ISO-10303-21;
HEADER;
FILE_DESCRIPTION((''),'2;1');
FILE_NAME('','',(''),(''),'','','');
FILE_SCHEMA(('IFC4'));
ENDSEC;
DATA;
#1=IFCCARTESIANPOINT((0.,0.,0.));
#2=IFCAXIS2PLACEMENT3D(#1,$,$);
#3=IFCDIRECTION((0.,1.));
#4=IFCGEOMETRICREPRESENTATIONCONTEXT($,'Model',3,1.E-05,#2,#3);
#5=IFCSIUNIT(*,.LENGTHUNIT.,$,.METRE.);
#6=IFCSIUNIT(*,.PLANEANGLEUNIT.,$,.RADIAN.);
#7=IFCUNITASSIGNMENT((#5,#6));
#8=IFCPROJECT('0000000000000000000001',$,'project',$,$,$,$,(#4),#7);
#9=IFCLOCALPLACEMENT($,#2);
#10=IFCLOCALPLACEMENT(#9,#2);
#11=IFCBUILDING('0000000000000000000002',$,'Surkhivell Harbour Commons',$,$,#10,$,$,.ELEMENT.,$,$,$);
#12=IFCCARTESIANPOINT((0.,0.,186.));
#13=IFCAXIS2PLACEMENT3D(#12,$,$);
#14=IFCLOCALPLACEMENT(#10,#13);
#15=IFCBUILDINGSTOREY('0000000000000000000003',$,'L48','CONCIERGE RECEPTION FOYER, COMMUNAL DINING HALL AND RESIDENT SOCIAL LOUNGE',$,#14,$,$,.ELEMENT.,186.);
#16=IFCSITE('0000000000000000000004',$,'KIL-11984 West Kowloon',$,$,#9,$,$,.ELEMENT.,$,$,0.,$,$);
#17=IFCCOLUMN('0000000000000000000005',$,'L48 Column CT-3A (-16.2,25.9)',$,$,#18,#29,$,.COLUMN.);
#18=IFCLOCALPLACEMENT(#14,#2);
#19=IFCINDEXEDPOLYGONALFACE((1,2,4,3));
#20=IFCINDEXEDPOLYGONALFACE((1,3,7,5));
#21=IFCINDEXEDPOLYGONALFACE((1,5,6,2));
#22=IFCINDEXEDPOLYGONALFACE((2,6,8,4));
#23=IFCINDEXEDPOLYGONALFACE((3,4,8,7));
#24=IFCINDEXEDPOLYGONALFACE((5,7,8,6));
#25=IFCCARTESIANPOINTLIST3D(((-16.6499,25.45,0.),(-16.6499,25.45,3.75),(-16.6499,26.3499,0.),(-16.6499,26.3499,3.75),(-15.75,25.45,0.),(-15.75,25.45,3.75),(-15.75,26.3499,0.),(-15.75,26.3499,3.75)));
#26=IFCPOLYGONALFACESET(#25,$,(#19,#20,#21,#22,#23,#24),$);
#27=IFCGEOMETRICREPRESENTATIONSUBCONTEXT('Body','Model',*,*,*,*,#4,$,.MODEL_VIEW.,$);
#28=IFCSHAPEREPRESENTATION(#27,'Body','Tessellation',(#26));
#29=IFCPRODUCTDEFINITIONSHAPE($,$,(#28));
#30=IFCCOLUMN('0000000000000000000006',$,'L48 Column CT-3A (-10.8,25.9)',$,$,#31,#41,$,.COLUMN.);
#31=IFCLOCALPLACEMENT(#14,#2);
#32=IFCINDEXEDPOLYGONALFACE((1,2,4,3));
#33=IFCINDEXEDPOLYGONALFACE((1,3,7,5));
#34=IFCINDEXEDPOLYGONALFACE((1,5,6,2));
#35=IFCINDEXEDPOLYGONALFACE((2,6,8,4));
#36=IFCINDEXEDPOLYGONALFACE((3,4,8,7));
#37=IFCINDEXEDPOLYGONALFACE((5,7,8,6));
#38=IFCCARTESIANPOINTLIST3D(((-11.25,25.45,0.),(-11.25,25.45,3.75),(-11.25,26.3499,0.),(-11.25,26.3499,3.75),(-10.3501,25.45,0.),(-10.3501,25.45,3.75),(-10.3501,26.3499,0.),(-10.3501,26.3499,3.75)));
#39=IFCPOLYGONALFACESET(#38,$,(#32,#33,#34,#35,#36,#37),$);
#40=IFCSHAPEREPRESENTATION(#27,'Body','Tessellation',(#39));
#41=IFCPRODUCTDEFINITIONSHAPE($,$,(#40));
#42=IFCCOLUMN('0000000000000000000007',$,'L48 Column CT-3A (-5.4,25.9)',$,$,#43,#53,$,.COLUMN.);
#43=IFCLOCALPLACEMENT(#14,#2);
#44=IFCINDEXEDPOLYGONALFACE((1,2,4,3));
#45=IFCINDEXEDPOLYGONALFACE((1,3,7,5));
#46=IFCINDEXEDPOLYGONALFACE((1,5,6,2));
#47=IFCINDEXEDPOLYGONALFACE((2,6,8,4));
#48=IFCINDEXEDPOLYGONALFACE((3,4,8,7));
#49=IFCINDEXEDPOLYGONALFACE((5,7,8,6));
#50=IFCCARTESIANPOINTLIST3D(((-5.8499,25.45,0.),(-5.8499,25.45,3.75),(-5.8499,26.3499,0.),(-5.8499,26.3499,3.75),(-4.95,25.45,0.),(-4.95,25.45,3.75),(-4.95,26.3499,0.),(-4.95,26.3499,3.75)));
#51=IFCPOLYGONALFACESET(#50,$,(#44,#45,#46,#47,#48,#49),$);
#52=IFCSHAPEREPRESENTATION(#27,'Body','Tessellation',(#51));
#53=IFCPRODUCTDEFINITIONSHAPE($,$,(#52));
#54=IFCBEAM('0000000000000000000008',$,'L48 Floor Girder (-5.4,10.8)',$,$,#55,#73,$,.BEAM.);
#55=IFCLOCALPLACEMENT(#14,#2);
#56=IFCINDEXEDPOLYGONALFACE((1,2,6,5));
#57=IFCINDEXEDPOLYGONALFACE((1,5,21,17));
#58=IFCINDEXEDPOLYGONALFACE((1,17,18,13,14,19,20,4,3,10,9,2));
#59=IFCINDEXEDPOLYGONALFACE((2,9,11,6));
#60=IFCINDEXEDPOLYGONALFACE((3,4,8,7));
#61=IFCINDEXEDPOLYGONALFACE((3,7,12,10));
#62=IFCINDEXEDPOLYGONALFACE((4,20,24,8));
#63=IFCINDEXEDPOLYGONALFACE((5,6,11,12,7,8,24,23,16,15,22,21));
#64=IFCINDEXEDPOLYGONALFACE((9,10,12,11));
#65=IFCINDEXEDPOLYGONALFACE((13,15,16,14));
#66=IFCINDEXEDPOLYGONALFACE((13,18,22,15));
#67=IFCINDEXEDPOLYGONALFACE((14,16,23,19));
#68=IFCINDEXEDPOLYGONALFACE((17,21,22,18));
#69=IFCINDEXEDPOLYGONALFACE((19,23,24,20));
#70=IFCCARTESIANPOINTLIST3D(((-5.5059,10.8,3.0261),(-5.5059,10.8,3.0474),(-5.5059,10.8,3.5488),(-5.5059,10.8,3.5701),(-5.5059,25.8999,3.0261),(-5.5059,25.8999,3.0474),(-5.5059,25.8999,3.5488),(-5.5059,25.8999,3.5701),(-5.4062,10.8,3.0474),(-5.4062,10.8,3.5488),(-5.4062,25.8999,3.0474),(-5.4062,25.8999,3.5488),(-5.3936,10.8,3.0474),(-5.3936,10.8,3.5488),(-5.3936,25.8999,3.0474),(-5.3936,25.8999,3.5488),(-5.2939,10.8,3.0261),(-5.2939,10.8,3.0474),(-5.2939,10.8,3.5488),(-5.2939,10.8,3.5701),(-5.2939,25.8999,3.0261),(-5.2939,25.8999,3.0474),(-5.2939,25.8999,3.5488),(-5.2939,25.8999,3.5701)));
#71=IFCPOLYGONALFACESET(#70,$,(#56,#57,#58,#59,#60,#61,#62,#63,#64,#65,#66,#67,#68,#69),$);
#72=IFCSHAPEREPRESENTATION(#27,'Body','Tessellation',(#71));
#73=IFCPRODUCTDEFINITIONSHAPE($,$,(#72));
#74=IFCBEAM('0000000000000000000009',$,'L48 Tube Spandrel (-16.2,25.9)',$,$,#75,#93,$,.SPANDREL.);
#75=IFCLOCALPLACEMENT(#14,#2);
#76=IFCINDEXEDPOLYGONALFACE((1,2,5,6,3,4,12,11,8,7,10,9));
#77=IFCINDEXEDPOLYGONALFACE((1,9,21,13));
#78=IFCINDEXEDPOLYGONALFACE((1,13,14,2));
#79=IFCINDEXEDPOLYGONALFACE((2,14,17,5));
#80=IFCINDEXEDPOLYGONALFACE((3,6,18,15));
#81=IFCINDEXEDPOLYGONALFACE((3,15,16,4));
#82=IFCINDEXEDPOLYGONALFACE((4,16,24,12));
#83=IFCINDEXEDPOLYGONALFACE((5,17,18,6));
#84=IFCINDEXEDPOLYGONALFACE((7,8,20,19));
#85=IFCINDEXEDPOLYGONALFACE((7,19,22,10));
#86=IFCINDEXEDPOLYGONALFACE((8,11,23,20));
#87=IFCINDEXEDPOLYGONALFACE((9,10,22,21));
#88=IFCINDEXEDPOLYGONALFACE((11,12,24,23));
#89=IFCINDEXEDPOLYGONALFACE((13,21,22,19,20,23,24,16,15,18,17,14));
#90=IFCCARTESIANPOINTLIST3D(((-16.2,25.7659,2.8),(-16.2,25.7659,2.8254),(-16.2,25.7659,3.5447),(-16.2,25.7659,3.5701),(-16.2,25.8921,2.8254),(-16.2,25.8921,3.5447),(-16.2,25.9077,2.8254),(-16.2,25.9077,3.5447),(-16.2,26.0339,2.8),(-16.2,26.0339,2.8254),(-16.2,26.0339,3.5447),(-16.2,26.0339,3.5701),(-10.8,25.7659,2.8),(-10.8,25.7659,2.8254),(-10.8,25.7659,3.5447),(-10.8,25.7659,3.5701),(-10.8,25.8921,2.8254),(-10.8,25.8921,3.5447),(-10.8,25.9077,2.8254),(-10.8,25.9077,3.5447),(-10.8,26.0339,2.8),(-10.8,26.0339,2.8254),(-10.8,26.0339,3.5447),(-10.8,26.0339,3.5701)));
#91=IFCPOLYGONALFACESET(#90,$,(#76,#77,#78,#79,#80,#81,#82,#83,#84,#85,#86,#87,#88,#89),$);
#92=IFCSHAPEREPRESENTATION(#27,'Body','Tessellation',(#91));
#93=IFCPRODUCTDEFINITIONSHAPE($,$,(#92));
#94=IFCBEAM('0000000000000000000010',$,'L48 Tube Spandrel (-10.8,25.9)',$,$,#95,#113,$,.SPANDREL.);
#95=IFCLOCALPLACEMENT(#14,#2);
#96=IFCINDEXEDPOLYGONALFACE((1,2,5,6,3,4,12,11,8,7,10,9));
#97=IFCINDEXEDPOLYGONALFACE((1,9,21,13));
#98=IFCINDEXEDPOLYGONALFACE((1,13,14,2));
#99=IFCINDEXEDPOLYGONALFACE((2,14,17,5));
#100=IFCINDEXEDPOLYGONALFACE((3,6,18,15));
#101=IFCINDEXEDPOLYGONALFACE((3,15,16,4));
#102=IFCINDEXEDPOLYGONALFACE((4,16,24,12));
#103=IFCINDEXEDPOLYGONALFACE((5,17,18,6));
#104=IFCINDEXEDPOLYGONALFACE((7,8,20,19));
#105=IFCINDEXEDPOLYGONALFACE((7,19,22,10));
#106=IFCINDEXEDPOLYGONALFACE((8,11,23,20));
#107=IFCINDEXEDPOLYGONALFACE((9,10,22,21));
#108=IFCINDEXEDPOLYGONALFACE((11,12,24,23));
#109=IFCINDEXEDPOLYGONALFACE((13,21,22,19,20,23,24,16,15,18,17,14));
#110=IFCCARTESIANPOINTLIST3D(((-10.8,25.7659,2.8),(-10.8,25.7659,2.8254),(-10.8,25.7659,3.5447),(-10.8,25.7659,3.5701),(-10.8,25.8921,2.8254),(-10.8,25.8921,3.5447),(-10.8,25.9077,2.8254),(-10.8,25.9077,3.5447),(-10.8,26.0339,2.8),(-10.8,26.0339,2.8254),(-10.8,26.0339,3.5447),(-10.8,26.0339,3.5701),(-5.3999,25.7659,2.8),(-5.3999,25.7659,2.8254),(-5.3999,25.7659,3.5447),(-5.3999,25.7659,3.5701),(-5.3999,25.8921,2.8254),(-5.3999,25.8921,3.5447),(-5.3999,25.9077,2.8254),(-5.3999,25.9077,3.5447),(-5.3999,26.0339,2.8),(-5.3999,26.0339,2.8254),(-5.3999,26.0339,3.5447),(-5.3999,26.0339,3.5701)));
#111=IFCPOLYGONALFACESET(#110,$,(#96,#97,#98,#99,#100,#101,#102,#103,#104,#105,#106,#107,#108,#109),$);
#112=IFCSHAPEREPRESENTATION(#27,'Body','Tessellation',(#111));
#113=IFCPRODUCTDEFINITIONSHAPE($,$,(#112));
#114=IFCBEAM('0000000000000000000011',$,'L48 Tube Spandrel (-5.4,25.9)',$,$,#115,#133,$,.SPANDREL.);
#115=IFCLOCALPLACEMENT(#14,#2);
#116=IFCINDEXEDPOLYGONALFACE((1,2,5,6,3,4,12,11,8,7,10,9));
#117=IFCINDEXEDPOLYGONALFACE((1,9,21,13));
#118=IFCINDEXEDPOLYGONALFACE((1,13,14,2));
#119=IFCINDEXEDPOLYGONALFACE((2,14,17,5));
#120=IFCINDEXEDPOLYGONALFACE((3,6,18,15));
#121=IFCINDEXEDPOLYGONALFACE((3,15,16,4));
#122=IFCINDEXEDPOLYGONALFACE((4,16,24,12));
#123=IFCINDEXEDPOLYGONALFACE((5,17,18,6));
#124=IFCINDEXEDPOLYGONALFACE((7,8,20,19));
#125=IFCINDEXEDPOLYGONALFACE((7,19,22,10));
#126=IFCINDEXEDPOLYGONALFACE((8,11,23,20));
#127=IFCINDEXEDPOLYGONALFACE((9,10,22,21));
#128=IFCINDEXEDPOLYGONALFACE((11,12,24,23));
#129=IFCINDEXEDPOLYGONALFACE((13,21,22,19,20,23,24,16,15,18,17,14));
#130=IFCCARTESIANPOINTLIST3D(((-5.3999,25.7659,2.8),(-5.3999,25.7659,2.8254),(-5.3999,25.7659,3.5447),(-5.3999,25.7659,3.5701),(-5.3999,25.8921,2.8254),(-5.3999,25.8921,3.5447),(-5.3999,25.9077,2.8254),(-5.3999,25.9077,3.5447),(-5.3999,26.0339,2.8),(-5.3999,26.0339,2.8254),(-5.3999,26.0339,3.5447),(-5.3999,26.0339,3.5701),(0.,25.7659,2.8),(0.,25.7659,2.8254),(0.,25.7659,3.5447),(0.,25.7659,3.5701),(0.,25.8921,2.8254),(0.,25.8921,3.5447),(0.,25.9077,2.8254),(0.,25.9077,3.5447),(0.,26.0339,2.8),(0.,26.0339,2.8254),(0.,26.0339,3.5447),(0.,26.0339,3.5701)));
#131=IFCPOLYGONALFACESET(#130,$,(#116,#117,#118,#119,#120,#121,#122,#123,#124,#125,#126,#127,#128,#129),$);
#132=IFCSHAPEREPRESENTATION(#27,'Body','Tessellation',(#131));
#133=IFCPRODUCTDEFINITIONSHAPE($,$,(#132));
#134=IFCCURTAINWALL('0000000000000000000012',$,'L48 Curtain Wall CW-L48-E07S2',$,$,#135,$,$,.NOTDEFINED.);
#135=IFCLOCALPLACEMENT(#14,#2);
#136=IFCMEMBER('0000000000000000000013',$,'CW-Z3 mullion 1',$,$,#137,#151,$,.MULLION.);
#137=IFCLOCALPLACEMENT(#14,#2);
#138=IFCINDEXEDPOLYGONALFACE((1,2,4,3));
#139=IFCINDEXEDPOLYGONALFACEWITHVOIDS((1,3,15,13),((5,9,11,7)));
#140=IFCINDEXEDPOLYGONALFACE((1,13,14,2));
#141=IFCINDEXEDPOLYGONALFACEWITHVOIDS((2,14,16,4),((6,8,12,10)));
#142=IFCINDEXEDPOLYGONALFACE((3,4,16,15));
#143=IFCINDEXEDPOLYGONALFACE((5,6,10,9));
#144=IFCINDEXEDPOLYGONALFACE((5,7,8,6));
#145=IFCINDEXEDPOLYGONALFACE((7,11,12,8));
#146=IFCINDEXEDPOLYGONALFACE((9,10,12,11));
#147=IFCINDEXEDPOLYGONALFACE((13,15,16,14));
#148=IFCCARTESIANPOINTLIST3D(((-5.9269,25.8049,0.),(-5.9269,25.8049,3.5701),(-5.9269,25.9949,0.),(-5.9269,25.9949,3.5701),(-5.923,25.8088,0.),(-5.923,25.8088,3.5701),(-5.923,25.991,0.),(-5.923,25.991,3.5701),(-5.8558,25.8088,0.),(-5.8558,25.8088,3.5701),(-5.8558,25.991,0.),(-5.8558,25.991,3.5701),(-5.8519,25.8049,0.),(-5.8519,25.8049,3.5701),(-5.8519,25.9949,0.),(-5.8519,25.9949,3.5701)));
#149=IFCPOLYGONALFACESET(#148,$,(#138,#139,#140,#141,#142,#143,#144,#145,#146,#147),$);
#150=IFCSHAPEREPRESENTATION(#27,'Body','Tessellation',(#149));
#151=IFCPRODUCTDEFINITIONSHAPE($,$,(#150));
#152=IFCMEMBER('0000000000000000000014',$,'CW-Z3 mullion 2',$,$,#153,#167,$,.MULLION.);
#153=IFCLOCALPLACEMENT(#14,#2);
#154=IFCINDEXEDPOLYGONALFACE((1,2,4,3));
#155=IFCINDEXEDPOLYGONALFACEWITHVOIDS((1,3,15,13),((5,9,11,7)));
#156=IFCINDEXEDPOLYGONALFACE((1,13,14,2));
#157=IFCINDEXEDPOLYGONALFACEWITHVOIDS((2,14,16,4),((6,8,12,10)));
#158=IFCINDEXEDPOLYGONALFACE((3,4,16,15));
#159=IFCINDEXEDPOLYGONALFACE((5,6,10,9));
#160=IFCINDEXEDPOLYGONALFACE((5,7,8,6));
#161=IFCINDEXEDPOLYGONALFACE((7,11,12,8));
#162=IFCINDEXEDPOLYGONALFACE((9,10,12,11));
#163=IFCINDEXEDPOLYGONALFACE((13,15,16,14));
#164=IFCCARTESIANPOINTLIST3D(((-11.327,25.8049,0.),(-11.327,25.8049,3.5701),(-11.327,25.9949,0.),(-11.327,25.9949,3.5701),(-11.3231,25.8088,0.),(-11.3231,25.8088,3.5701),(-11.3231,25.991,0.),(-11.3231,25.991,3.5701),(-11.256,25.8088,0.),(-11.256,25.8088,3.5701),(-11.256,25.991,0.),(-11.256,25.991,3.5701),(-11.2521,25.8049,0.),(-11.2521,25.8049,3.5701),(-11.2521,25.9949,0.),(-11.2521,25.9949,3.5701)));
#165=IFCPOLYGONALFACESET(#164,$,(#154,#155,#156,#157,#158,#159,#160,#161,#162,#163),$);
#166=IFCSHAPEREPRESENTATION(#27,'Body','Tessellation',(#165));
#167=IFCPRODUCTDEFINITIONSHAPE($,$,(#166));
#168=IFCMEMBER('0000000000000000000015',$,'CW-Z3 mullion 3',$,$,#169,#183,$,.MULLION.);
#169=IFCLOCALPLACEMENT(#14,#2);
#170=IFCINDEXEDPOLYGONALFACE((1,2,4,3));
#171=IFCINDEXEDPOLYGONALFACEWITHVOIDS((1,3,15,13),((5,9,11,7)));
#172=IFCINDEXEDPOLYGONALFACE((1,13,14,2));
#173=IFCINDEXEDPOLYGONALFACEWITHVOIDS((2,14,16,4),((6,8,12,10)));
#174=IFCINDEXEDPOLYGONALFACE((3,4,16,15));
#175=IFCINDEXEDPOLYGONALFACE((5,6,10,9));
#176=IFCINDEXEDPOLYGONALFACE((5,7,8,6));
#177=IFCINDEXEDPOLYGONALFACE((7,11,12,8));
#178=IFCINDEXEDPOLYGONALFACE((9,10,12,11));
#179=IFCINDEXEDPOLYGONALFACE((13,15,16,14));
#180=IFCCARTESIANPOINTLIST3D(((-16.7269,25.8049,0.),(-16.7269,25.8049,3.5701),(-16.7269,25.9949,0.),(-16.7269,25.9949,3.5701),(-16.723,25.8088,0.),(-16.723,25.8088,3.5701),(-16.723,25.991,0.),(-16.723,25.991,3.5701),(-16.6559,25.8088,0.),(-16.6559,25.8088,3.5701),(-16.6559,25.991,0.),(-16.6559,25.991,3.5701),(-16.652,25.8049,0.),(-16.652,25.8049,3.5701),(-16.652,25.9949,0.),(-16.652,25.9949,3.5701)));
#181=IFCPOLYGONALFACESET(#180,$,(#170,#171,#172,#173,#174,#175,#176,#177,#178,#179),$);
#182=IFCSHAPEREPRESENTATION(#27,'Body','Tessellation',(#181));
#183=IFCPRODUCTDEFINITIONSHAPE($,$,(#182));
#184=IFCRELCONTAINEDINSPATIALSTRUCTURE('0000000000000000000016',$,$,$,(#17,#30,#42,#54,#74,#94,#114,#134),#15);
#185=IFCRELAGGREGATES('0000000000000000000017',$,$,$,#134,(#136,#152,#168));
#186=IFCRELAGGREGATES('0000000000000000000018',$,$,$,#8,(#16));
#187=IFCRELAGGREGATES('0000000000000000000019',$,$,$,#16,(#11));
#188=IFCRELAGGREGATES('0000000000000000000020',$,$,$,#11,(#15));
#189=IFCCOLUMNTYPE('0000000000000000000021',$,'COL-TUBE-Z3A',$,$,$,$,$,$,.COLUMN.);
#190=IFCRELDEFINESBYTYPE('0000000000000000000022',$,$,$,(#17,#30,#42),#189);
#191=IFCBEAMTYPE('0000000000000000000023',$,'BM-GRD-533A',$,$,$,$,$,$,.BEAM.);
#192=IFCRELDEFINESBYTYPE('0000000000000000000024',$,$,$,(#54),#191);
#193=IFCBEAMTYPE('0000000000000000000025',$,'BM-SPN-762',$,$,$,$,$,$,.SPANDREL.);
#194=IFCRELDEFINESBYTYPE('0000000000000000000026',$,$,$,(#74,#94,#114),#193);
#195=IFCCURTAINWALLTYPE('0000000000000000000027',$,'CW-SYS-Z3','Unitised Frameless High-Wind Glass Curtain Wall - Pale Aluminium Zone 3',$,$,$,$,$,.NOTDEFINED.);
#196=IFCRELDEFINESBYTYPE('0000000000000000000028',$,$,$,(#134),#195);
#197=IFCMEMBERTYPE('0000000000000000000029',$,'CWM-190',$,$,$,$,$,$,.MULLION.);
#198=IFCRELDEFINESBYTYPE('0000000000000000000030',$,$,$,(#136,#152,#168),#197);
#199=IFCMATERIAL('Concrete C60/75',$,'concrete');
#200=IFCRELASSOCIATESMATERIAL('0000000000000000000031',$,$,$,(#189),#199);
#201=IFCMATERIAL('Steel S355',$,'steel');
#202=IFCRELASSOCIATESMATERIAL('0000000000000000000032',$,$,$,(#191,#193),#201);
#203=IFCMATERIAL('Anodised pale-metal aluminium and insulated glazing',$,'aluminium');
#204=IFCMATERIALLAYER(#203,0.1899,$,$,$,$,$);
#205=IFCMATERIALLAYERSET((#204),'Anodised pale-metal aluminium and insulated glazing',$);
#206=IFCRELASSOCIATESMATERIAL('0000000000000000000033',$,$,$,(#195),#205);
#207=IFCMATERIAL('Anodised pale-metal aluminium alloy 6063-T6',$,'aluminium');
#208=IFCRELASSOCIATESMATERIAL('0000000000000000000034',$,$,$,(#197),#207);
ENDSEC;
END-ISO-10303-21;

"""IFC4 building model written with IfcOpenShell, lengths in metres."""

from ifc_helpers import new_model, si_unit, direction, frame, origin, origin_2d, place, context, subcontext, project, spatial, rectangle, hollow_rectangle, i_section, extrude, material, layer, layer_set, material_profile, profile_set, type_object, element, aggregate, save


model = new_model("IFC4")

# Units and contexts
model_context = context("Model", 3, precision=1e-05, world=origin(), true_north=direction((0.0, 1.0)))
body_context = subcontext(model_context, "Body", "Model", "MODEL_VIEW")
ifc_project = project(units=[si_unit("LENGTHUNIT", "METRE"), si_unit("PLANEANGLEUNIT", "RADIAN")], contexts=[model_context])

# Site, building, storey
site_placement = place(None, origin())
site = spatial("IfcSite", under=ifc_project, at=site_placement, Name="KIL-11984 West Kowloon", CompositionType="ELEMENT", RefElevation=0.0)
building_placement = place(site_placement, origin())
building = spatial("IfcBuilding", under=site, at=building_placement, Name="Surkhivell Harbour Commons", CompositionType="ELEMENT")
storey_placement = place(building_placement, frame((0.0, 0.0, 186.0)))
storey = spatial("IfcBuildingStorey", under=building, at=storey_placement, Name="L48", Description="CONCIERGE RECEPTION FOYER, COMMUNAL DINING HALL AND RESIDENT SOCIAL LOUNGE", CompositionType="ELEMENT", Elevation=186.0)

# Columns
ifc_material_1 = material(Name="Concrete C60/75", Category="concrete")
ifc_material_profile_1 = material_profile(ifc_material_1, rectangle(XDim=0.8999, YDim=0.8999, at=origin_2d()), Name="RC-COL-900x900")
ifc_profile_set_1 = profile_set([ifc_material_profile_1], Name="Concrete C60/75")
column_type = type_object("IfcColumnType", Name="COL-TUBE-Z3A", PredefinedType="COLUMN", material=ifc_profile_set_1)
for number, where, z_axis, x_axis, name in (
    (1, (-16.2, 25.8999, 0.0), (0.0, 0.0, 1.0), (1.0, 0.0, 0.0), "L48 Column CT-3A (-16.2,25.9)"),
    (2, (-10.8, 25.8999, 0.0), (0.0, 0.0, 1.0), (1.0, 0.0, 0.0), "L48 Column CT-3A (-10.8,25.9)"),
    (3, (-5.3999, 25.8999, 0.0), (0.0, 0.0, 1.0), (1.0, 0.0, 0.0), "L48 Column CT-3A (-5.4,25.9)"),
):
    element("IfcColumn", number, at=place(storey_placement, frame(where, z_axis=z_axis, x_axis=x_axis)), inside=storey, type_object=column_type, Name=name, PredefinedType="COLUMN", context=body_context, shape_type="SweptSolid", body=[
        extrude(rectangle(XDim=0.8999, YDim=0.8999, at=origin_2d()), origin(), (0.0, 0.0, 1.0), 3.75),
    ])

# Beams
ifc_material_2 = material(Name="Steel S355", Category="steel")
ifc_material_profile_2 = material_profile(ifc_material_2, i_section(OverallWidth=0.2119, OverallDepth=0.5439, WebThickness=0.0127, FlangeThickness=0.0212, at=origin_2d()), Name="UB533x210x122")
ifc_profile_set_2 = profile_set([ifc_material_profile_2], Name="Steel S355")
beam_type_1 = type_object("IfcBeamType", Name="BM-GRD-533A", PredefinedType="BEAM", material=ifc_profile_set_2)
beam_1_placement = place(storey_placement, frame((-5.3999, 10.8, 3.2981), z_axis=(0.0, 1.0, 0.0), x_axis=(-1.0, 0.0, 0.0)))
element("IfcBeam", 4, at=beam_1_placement, inside=storey, type_object=beam_type_1, Name="L48 Floor Girder (-5.4,10.8)", PredefinedType="BEAM", context=body_context, shape_type="SweptSolid", body=[
    extrude(i_section(OverallWidth=0.2119, OverallDepth=0.5439, WebThickness=0.0127, FlangeThickness=0.0212, at=origin_2d()), origin(), (0.0, 0.0, 1.0), 15.0999),
])
ifc_material_profile_3 = material_profile(ifc_material_2, i_section(OverallWidth=0.2681, OverallDepth=0.77, WebThickness=0.0156, FlangeThickness=0.0254, at=origin_2d()), Name="UB762x267x197")
ifc_profile_set_3 = profile_set([ifc_material_profile_3], Name="Steel S355")
beam_type_2 = type_object("IfcBeamType", Name="BM-SPN-762", PredefinedType="SPANDREL", material=ifc_profile_set_3)
beam_2_placement = place(storey_placement, frame((-16.2, 25.8999, 3.1851), z_axis=(1.0, 0.0, 0.0), x_axis=(0.0, 1.0, 0.0)))
element("IfcBeam", 5, at=beam_2_placement, inside=storey, type_object=beam_type_2, Name="L48 Tube Spandrel (-16.2,25.9)", PredefinedType="SPANDREL", context=body_context, shape_type="SweptSolid", body=[
    extrude(i_section(OverallWidth=0.2681, OverallDepth=0.77, WebThickness=0.0156, FlangeThickness=0.0254, at=origin_2d()), origin(), (0.0, 0.0, 1.0), 5.3999),
])
beam_3_placement = place(storey_placement, frame((-10.8, 25.8999, 3.1851), z_axis=(1.0, 0.0, 0.0), x_axis=(0.0, 1.0, 0.0)))
element("IfcBeam", 6, at=beam_3_placement, inside=storey, type_object=beam_type_2, Name="L48 Tube Spandrel (-10.8,25.9)", PredefinedType="SPANDREL", context=body_context, shape_type="SweptSolid", body=[
    extrude(i_section(OverallWidth=0.2681, OverallDepth=0.77, WebThickness=0.0156, FlangeThickness=0.0254, at=origin_2d()), origin(), (0.0, 0.0, 1.0), 5.4001),
])
beam_4_placement = place(storey_placement, frame((-5.3999, 25.8999, 3.1851), z_axis=(1.0, 0.0, 0.0), x_axis=(0.0, 1.0, 0.0)))
element("IfcBeam", 7, at=beam_4_placement, inside=storey, type_object=beam_type_2, Name="L48 Tube Spandrel (-5.4,25.9)", PredefinedType="SPANDREL", context=body_context, shape_type="SweptSolid", body=[
    extrude(i_section(OverallWidth=0.2681, OverallDepth=0.77, WebThickness=0.0156, FlangeThickness=0.0254, at=origin_2d()), origin(), (0.0, 0.0, 1.0), 5.3999),
])

# Curtain wall, members
ifc_material_3 = material(Name="Anodised pale-metal aluminium and insulated glazing", Category="aluminium")
ifc_layer_1 = layer(ifc_material_3, 0.1899)
ifc_layer_set_1 = layer_set([ifc_layer_1], Name="Anodised pale-metal aluminium and insulated glazing")
curtain_wall_type = type_object("IfcCurtainWallType", Name="CW-SYS-Z3", Description="Unitised Frameless High-Wind Glass Curtain Wall - Pale Aluminium Zone 3", PredefinedType="NOTDEFINED", material=ifc_layer_set_1)
curtain_wall_placement = place(storey_placement, origin())
curtain_wall = element("IfcCurtainWall", 8, at=curtain_wall_placement, inside=storey, type_object=curtain_wall_type, Name="L48 Curtain Wall CW-L48-E07S2", PredefinedType="NOTDEFINED")
ifc_material_4 = material(Name="Anodised pale-metal aluminium alloy 6063-T6", Category="aluminium")
ifc_material_profile_4 = material_profile(ifc_material_4, hollow_rectangle(XDim=0.075, YDim=0.1899, WallThickness=0.0039, at=origin_2d()), Name="ALU-MULL-75x190")
ifc_profile_set_4 = profile_set([ifc_material_profile_4], Name="Anodised pale-metal aluminium alloy 6063-T6")
member_type_1 = type_object("IfcMemberType", Name="CWM-190", PredefinedType="MULLION", material=ifc_profile_set_4)
member_1_placement = place(storey_placement, frame((-5.8894, 25.8999, 0.0), z_axis=(0.0, 0.0, 1.0), x_axis=(-1.0, 0.0, 0.0)))
member_1 = element("IfcMember", 9, at=member_1_placement, type_object=member_type_1, Name="CW-Z3 mullion 1", PredefinedType="MULLION", context=body_context, shape_type="SweptSolid", body=[
    extrude(hollow_rectangle(XDim=0.075, YDim=0.1899, WallThickness=0.0039, at=origin_2d()), origin(), (0.0, 0.0, 1.0), 3.5701),
])
member_2_placement = place(storey_placement, frame((-11.2896, 25.8999, 0.0), z_axis=(0.0, 0.0, 1.0), x_axis=(-1.0, 0.0, 0.0)))
member_2 = element("IfcMember", 10, at=member_2_placement, type_object=member_type_1, Name="CW-Z3 mullion 2", PredefinedType="MULLION", context=body_context, shape_type="SweptSolid", body=[
    extrude(hollow_rectangle(XDim=0.075, YDim=0.1899, WallThickness=0.0039, at=origin_2d()), origin(), (0.0, 0.0, 1.0), 3.5701),
])
member_3_placement = place(storey_placement, frame((-16.6895, 25.8999, 0.0), z_axis=(0.0, 0.0, 1.0), x_axis=(-1.0, 0.0, 0.0)))
member_3 = element("IfcMember", 11, at=member_3_placement, type_object=member_type_1, Name="CW-Z3 mullion 3", PredefinedType="MULLION", context=body_context, shape_type="SweptSolid", body=[
    extrude(hollow_rectangle(XDim=0.075, YDim=0.1899, WallThickness=0.0039, at=origin_2d()), origin(), (0.0, 0.0, 1.0), 3.5701),
])

aggregate(curtain_wall, [member_1, member_2, member_3])

save(model, "model.ifc")
